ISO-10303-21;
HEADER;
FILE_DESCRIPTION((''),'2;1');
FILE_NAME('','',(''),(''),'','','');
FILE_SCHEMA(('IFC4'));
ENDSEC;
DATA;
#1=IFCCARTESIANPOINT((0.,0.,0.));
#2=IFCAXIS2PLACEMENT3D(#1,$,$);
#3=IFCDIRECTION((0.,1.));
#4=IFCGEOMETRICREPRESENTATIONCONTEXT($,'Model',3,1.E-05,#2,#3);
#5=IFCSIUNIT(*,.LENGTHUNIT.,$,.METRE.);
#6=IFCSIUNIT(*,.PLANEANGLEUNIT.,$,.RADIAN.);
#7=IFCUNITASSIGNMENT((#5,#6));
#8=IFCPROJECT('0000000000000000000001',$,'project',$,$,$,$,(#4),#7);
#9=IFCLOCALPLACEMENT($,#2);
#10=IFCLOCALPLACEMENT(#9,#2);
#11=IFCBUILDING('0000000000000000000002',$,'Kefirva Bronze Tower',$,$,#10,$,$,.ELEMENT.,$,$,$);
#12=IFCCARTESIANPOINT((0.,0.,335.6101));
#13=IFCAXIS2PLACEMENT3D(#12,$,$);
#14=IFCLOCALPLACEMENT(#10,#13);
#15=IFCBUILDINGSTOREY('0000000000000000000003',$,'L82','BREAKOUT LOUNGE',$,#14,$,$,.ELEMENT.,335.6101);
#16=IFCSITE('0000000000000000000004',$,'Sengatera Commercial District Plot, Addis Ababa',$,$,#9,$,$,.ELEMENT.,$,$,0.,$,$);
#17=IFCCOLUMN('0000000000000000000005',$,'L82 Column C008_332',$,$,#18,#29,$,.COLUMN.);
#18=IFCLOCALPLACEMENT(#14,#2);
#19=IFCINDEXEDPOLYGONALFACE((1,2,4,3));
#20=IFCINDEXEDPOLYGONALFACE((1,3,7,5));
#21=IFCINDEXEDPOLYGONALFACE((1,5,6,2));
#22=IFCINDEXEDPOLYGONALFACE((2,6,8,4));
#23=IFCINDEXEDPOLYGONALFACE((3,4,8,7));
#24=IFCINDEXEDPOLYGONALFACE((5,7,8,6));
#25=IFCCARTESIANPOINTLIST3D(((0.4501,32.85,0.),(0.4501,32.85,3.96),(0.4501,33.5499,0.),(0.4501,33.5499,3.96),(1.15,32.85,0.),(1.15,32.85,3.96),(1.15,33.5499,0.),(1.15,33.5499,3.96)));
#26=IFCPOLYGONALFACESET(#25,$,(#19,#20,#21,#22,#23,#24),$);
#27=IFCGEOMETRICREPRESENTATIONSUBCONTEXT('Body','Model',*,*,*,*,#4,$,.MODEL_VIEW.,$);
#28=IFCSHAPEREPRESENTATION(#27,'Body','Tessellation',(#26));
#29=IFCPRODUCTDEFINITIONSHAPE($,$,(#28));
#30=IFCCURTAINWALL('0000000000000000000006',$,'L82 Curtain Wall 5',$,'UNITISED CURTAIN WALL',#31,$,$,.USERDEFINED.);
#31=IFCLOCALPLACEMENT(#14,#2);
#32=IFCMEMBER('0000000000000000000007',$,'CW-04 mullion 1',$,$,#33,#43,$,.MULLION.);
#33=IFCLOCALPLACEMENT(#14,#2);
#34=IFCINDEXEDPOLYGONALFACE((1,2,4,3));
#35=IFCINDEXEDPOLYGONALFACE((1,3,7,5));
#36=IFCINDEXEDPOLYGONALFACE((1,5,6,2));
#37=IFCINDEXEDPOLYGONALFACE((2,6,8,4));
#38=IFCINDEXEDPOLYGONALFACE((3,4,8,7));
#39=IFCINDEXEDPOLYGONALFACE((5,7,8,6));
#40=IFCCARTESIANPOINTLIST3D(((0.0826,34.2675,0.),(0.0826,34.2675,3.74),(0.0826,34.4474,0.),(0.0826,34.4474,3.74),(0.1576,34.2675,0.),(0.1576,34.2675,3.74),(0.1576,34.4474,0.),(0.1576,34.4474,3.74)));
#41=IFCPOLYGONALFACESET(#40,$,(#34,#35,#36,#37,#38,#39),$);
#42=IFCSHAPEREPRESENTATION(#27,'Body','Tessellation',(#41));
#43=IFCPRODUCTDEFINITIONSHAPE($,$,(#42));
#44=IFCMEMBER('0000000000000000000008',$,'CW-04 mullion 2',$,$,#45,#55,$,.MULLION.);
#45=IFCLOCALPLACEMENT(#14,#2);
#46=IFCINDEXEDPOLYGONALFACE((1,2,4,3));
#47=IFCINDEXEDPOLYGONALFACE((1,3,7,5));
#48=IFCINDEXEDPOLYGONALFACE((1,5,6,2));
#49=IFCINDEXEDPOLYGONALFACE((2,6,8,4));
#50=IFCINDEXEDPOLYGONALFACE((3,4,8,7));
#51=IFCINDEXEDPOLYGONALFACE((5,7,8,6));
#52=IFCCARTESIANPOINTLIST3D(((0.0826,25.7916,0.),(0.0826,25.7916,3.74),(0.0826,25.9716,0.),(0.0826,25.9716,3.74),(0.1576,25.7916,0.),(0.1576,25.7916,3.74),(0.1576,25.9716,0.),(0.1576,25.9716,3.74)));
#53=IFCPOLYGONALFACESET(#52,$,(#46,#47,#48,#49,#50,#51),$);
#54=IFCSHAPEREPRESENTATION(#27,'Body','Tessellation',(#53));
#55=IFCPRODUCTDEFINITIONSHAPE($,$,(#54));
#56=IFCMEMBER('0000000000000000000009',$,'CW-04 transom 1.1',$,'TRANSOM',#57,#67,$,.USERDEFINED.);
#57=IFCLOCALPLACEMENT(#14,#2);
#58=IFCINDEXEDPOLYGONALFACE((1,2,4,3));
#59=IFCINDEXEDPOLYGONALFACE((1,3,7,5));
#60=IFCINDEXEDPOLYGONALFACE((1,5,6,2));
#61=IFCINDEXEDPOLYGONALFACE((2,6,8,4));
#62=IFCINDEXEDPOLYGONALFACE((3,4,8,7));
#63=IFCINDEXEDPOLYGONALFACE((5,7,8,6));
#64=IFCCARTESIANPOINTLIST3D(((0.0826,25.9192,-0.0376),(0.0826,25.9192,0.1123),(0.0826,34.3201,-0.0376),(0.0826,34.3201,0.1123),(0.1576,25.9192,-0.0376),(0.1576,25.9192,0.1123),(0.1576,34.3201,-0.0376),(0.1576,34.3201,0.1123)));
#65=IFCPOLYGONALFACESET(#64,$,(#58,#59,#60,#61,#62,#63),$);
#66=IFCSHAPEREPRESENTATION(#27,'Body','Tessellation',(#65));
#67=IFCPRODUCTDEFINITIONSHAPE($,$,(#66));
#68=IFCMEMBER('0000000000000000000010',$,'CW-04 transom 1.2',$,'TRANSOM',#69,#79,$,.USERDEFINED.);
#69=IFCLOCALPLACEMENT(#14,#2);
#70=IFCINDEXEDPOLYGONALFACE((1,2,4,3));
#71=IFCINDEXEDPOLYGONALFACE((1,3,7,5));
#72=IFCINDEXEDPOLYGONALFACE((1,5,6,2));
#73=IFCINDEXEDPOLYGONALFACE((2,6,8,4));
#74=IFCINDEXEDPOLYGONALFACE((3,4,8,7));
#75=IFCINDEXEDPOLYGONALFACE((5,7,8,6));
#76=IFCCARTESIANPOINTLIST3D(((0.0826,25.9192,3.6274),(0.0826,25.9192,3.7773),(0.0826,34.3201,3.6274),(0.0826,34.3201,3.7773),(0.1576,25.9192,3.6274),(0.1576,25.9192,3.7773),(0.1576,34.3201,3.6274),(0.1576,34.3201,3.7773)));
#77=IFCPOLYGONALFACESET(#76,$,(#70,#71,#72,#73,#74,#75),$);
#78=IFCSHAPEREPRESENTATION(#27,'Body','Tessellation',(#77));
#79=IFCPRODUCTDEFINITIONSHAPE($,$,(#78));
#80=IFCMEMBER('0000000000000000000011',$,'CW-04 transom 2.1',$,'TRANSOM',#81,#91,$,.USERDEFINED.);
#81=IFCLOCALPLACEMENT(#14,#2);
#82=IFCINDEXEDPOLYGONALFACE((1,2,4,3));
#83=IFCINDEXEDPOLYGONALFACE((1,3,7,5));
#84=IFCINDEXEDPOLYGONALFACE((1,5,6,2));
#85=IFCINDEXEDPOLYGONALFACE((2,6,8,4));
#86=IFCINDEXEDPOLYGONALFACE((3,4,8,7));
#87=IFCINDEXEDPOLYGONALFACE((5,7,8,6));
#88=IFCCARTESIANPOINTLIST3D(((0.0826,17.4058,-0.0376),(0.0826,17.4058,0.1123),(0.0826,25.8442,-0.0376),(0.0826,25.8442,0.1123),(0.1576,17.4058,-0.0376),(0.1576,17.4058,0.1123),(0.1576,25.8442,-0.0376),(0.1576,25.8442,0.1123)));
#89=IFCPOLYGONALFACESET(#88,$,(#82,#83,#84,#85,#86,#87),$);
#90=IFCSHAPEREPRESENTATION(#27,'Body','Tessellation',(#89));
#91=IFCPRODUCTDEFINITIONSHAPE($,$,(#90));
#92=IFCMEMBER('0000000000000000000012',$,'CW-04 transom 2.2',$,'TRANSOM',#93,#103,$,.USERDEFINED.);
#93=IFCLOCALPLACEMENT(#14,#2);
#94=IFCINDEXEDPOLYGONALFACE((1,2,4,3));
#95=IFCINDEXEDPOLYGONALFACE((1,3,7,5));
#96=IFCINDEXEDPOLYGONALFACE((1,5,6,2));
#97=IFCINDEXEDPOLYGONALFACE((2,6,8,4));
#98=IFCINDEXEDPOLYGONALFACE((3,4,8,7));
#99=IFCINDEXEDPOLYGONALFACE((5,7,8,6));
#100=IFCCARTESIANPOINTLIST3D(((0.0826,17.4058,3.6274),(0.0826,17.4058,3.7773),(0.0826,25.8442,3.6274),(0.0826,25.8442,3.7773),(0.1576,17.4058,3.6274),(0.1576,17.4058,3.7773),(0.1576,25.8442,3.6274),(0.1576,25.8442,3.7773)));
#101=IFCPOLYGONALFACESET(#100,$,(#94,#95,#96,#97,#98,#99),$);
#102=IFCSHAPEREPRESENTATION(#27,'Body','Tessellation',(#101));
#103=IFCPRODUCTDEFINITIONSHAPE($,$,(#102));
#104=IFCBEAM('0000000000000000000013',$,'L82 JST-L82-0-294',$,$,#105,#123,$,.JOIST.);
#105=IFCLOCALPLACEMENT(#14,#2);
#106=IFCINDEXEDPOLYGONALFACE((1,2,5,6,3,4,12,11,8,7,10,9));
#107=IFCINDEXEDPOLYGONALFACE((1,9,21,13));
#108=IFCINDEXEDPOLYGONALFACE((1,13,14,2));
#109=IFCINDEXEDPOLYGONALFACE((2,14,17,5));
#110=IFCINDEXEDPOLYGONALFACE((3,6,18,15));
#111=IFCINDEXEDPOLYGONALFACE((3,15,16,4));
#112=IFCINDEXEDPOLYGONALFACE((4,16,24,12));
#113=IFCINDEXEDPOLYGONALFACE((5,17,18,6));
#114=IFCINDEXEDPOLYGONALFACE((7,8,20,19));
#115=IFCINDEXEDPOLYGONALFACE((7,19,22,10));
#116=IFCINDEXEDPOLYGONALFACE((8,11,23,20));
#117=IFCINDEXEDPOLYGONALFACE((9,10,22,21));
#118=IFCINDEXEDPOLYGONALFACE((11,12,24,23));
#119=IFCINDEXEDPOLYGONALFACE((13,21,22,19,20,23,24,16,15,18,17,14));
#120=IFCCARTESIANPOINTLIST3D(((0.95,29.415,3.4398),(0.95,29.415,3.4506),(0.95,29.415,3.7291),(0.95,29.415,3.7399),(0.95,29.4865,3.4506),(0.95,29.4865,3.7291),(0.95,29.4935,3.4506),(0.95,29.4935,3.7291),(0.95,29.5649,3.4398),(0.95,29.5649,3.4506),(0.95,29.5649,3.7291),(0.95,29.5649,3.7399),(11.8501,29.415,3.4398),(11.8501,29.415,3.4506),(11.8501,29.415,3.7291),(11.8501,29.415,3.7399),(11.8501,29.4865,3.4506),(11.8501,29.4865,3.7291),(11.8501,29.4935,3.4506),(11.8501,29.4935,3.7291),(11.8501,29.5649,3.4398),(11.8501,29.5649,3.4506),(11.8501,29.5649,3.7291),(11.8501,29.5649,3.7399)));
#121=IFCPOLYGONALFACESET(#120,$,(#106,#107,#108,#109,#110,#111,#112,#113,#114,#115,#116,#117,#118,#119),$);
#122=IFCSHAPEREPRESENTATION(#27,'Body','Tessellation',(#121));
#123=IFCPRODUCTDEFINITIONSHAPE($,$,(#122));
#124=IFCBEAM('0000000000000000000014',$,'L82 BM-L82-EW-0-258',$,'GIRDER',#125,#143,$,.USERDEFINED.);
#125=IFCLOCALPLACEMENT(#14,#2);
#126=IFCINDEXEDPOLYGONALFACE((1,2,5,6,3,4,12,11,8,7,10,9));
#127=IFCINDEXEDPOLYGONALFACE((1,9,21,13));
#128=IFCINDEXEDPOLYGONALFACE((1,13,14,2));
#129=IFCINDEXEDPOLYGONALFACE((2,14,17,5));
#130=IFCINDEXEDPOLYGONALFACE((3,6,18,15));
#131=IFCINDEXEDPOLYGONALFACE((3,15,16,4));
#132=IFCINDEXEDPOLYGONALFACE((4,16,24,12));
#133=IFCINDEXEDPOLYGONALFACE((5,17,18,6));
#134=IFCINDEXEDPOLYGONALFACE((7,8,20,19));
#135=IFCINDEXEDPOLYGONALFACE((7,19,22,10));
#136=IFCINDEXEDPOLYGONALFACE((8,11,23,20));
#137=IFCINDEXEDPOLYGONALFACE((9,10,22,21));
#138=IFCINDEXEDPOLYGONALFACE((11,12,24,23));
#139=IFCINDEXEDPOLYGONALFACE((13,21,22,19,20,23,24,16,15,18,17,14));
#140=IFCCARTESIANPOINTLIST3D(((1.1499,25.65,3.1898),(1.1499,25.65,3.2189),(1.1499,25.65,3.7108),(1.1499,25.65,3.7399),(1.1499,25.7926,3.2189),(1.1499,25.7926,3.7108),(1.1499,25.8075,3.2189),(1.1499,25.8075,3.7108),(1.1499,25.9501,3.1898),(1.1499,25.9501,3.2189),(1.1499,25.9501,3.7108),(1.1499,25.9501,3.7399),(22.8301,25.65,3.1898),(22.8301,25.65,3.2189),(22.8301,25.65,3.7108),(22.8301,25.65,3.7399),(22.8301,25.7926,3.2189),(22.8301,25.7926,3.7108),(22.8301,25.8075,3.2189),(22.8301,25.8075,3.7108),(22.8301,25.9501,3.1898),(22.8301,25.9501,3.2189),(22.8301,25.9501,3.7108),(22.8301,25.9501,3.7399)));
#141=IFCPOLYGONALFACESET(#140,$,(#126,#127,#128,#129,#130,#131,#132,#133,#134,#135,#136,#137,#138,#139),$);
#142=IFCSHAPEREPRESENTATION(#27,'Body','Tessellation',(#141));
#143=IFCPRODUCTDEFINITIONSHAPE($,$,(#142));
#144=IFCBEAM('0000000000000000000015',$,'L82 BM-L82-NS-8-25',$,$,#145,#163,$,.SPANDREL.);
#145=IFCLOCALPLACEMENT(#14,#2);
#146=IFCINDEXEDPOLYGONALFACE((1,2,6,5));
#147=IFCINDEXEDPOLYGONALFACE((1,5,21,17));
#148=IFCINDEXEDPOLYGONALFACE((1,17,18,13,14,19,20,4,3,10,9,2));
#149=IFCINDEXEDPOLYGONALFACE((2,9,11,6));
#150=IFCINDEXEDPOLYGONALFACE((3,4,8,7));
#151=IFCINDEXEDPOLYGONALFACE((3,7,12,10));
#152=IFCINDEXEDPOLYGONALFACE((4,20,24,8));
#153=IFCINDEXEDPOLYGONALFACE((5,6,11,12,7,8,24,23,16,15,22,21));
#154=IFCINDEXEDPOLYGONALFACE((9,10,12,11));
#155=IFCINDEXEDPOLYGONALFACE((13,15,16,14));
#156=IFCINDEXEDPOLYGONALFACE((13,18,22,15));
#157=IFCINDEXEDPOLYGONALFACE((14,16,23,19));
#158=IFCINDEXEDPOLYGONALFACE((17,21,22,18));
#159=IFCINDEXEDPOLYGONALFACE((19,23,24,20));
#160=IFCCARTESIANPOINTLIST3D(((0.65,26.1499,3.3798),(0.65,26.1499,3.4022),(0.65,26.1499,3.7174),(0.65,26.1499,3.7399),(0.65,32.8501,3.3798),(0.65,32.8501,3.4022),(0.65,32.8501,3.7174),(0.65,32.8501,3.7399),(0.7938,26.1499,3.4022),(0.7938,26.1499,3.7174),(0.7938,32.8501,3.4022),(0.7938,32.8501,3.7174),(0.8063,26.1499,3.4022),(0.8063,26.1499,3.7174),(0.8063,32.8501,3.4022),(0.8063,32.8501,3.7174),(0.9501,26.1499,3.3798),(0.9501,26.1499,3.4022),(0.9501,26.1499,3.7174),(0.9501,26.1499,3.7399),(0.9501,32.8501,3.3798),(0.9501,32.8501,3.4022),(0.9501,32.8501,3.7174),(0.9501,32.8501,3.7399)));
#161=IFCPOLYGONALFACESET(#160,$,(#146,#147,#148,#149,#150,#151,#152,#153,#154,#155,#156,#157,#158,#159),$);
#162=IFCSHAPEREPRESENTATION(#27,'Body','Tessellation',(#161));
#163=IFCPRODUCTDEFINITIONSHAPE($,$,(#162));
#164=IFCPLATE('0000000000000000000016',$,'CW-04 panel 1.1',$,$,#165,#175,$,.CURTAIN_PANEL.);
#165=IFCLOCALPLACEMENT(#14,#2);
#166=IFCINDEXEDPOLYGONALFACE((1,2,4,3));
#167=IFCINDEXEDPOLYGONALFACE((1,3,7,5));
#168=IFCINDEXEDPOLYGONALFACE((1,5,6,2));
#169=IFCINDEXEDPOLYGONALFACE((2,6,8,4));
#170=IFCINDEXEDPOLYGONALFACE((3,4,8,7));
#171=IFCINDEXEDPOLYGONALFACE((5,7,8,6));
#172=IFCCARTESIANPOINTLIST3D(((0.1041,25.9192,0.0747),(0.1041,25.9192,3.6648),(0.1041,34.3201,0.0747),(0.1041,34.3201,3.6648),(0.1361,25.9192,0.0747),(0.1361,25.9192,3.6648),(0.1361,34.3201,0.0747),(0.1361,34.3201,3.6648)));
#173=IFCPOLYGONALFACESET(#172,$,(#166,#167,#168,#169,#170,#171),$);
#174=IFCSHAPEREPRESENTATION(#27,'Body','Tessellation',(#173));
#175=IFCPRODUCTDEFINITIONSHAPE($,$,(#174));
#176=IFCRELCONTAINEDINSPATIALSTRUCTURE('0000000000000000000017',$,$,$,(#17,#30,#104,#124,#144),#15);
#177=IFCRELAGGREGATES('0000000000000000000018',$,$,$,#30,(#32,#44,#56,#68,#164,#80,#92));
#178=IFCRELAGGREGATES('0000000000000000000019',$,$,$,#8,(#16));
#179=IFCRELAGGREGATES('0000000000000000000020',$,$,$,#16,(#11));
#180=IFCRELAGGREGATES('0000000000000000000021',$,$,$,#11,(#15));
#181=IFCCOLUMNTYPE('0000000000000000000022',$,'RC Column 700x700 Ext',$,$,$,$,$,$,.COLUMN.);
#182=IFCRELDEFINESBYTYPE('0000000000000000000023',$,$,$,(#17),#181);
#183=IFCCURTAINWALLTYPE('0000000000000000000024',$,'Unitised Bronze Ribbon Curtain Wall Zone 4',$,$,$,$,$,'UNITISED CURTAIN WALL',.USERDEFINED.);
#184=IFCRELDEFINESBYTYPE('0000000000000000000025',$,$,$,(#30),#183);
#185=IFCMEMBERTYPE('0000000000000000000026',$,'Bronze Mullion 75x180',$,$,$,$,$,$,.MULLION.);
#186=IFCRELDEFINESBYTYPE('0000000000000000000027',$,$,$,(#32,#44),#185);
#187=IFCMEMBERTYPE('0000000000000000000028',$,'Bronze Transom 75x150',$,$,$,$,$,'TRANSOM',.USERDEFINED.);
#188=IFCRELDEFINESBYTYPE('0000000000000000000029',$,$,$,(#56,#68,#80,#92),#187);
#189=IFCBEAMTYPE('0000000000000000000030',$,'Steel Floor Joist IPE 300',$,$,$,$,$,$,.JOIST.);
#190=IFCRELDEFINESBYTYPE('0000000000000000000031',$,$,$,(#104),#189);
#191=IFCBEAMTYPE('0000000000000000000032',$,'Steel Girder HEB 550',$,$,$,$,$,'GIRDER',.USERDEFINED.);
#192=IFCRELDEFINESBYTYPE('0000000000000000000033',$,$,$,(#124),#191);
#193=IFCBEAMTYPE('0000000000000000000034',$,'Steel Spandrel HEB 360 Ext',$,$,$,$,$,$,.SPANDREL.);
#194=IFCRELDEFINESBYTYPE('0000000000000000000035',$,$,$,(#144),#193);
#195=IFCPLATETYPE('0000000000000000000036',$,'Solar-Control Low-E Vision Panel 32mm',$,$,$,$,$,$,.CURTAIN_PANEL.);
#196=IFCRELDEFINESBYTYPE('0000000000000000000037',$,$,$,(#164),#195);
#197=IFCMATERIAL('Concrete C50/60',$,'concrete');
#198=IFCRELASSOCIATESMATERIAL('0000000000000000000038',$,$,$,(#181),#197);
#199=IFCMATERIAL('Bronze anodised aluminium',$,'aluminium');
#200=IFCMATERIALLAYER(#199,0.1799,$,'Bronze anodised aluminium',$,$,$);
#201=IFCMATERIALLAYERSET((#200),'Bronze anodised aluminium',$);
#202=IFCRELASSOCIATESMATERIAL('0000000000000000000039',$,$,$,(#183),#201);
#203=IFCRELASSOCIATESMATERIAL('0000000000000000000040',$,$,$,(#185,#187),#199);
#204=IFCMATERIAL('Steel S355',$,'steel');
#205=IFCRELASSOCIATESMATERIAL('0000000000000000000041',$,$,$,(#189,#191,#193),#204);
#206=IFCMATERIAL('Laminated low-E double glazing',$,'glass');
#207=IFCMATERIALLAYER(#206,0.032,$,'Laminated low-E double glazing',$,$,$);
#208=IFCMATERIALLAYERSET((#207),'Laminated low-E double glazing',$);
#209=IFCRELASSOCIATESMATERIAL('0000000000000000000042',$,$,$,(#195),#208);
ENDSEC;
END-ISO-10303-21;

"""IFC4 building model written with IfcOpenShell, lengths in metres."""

from ifc_helpers import new_model, si_unit, direction, frame, origin, origin_2d, place, context, subcontext, project, spatial, rectangle, i_section, extrude, material, layer, layer_set, material_profile, profile_set, type_object, element, aggregate, save


model = new_model("IFC4")

# Units and contexts
model_context = context("Model", 3, precision=1e-05, world=origin(), true_north=direction((0.0, 1.0)))
body_context = subcontext(model_context, "Body", "Model", "MODEL_VIEW")
ifc_project = project(units=[si_unit("LENGTHUNIT", "METRE"), si_unit("PLANEANGLEUNIT", "RADIAN")], contexts=[model_context])

# Site, building, storey
site_placement = place(None, origin())
site = spatial("IfcSite", under=ifc_project, at=site_placement, Name="Sengatera Commercial District Plot, Addis Ababa", CompositionType="ELEMENT", RefElevation=0.0)
building_placement = place(site_placement, origin())
building = spatial("IfcBuilding", under=site, at=building_placement, Name="Kefirva Bronze Tower", CompositionType="ELEMENT")
storey_placement = place(building_placement, frame((0.0, 0.0, 335.6101)))
storey = spatial("IfcBuildingStorey", under=building, at=storey_placement, Name="L82", Description="BREAKOUT LOUNGE", CompositionType="ELEMENT", Elevation=335.6101)

# Column
ifc_material_1 = material(Name="Concrete C50/60", Category="concrete")
ifc_material_profile_1 = material_profile(ifc_material_1, rectangle(XDim=0.7, YDim=0.7, at=origin_2d()), Name="RC 700x700")
ifc_profile_set_1 = profile_set([ifc_material_profile_1], Name="Concrete C50/60")
column_type = type_object("IfcColumnType", Name="RC Column 700x700 Ext", PredefinedType="COLUMN", material=ifc_profile_set_1)
column_placement = place(storey_placement, frame((0.8, 33.2, 0.0), z_axis=(0.0, 0.0, 1.0), x_axis=(1.0, 0.0, 0.0)))
element("IfcColumn", 1, at=column_placement, inside=storey, type_object=column_type, Name="L82 Column C008_332", PredefinedType="COLUMN", context=body_context, shape_type="SweptSolid", body=[
    extrude(rectangle(XDim=0.7, YDim=0.7, at=origin_2d()), origin(), (0.0, 0.0, 1.0), 3.96),
])

# Curtain wall, members
ifc_material_2 = material(Name="Bronze anodised aluminium", Category="aluminium")
ifc_layer_1 = layer(ifc_material_2, 0.1799, Name="Bronze anodised aluminium")
ifc_layer_set_1 = layer_set([ifc_layer_1], Name="Bronze anodised aluminium")
curtain_wall_type = type_object("IfcCurtainWallType", Name="Unitised Bronze Ribbon Curtain Wall Zone 4", ElementType="UNITISED CURTAIN WALL", PredefinedType="USERDEFINED", material=ifc_layer_set_1)
curtain_wall_placement = place(storey_placement, origin())
curtain_wall = element("IfcCurtainWall", 2, at=curtain_wall_placement, inside=storey, type_object=curtain_wall_type, Name="L82 Curtain Wall 5", ObjectType="UNITISED CURTAIN WALL", PredefinedType="USERDEFINED")
ifc_material_profile_2 = material_profile(ifc_material_2, rectangle(XDim=0.075, YDim=0.1799, at=origin_2d()), Name="ALU 75x180")
ifc_profile_set_2 = profile_set([ifc_material_profile_2], Name="Bronze anodised aluminium")
member_type_1 = type_object("IfcMemberType", Name="Bronze Mullion 75x180", PredefinedType="MULLION", material=ifc_profile_set_2)
member_1_placement = place(storey_placement, frame((0.1201, 34.3574, 0.0), z_axis=(0.0, 0.0, 1.0), x_axis=(1.0, 0.0, 0.0)))
member_1 = element("IfcMember", 3, at=member_1_placement, type_object=member_type_1, Name="CW-04 mullion 1", PredefinedType="MULLION", context=body_context, shape_type="SweptSolid", body=[
    extrude(rectangle(XDim=0.075, YDim=0.1799, at=origin_2d()), origin(), (0.0, 0.0, 1.0), 3.74),
])
member_2_placement = place(storey_placement, frame((0.1201, 25.8816, 0.0), z_axis=(0.0, 0.0, 1.0), x_axis=(1.0, 0.0, 0.0)))
member_2 = element("IfcMember", 4, at=member_2_placement, type_object=member_type_1, Name="CW-04 mullion 2", PredefinedType="MULLION", context=body_context, shape_type="SweptSolid", body=[
    extrude(rectangle(XDim=0.075, YDim=0.1799, at=origin_2d()), origin(), (0.0, 0.0, 1.0), 3.74),
])
ifc_material_profile_3 = material_profile(ifc_material_2, rectangle(XDim=0.075, YDim=0.1499, at=origin_2d()), Name="ALU 75x150")
ifc_profile_set_3 = profile_set([ifc_material_profile_3], Name="Bronze anodised aluminium")
member_type_2 = type_object("IfcMemberType", Name="Bronze Transom 75x150", ElementType="TRANSOM", PredefinedType="USERDEFINED", material=ifc_profile_set_3)
member_3_placement = place(storey_placement, frame((0.1201, 34.3201, 0.0374), z_axis=(0.0, -1.0, 0.0), x_axis=(1.0, 0.0, 0.0)))
member_3 = element("IfcMember", 5, at=member_3_placement, type_object=member_type_2, Name="CW-04 transom 1.1", ObjectType="TRANSOM", PredefinedType="USERDEFINED", context=body_context, shape_type="SweptSolid", body=[
    extrude(rectangle(XDim=0.075, YDim=0.1499, at=origin_2d()), origin(), (0.0, 0.0, 1.0), 8.4009),
])
member_4_placement = place(storey_placement, frame((0.1201, 34.3201, 3.7024), z_axis=(0.0, -1.0, 0.0), x_axis=(1.0, 0.0, 0.0)))
member_4 = element("IfcMember", 6, at=member_4_placement, type_object=member_type_2, Name="CW-04 transom 1.2", ObjectType="TRANSOM", PredefinedType="USERDEFINED", context=body_context, shape_type="SweptSolid", body=[
    extrude(rectangle(XDim=0.075, YDim=0.1499, at=origin_2d()), origin(), (0.0, 0.0, 1.0), 8.4009),
])
member_5_placement = place(storey_placement, frame((0.1201, 25.8442, 0.0374), z_axis=(0.0, -1.0, 0.0), x_axis=(1.0, 0.0, 0.0)))
member_5 = element("IfcMember", 7, at=member_5_placement, type_object=member_type_2, Name="CW-04 transom 2.1", ObjectType="TRANSOM", PredefinedType="USERDEFINED", context=body_context, shape_type="SweptSolid", body=[
    extrude(rectangle(XDim=0.075, YDim=0.1499, at=origin_2d()), origin(), (0.0, 0.0, 1.0), 8.4385),
])
member_6_placement = place(storey_placement, frame((0.1201, 25.8442, 3.7024), z_axis=(0.0, -1.0, 0.0), x_axis=(1.0, 0.0, 0.0)))
member_6 = element("IfcMember", 8, at=member_6_placement, type_object=member_type_2, Name="CW-04 transom 2.2", ObjectType="TRANSOM", PredefinedType="USERDEFINED", context=body_context, shape_type="SweptSolid", body=[
    extrude(rectangle(XDim=0.075, YDim=0.1499, at=origin_2d()), origin(), (0.0, 0.0, 1.0), 8.4385),
])

# Beams
ifc_material_3 = material(Name="Steel S355", Category="steel")
ifc_material_profile_4 = material_profile(ifc_material_3, i_section(OverallWidth=0.1499, OverallDepth=0.3, WebThickness=0.0071, FlangeThickness=0.0107, at=origin_2d()), Name="IPE 300")
ifc_profile_set_4 = profile_set([ifc_material_profile_4], Name="Steel S355")
beam_type_1 = type_object("IfcBeamType", Name="Steel Floor Joist IPE 300", PredefinedType="JOIST", material=ifc_profile_set_4)
beam_1_placement = place(storey_placement, frame((0.95, 29.49, 3.5898), z_axis=(1.0, 0.0, 0.0), x_axis=(0.0, 1.0, 0.0)))
element("IfcBeam", 9, at=beam_1_placement, inside=storey, type_object=beam_type_1, Name="L82 JST-L82-0-294", PredefinedType="JOIST", context=body_context, shape_type="SweptSolid", body=[
    extrude(i_section(OverallWidth=0.1499, OverallDepth=0.3, WebThickness=0.0071, FlangeThickness=0.0107, at=origin_2d()), origin(), (0.0, 0.0, 1.0), 10.9001),
])
ifc_material_profile_5 = material_profile(ifc_material_3, i_section(OverallWidth=0.3, OverallDepth=0.55, WebThickness=0.0149, FlangeThickness=0.0291, at=origin_2d()), Name="HEB 550")
ifc_profile_set_5 = profile_set([ifc_material_profile_5], Name="Steel S355")
beam_type_2 = type_object("IfcBeamType", Name="Steel Girder HEB 550", ElementType="GIRDER", PredefinedType="USERDEFINED", material=ifc_profile_set_5)
beam_2_placement = place(storey_placement, frame((1.1499, 25.8, 3.4648), z_axis=(1.0, 0.0, 0.0), x_axis=(0.0, 1.0, 0.0)))
element("IfcBeam", 10, at=beam_2_placement, inside=storey, type_object=beam_type_2, Name="L82 BM-L82-EW-0-258", ObjectType="GIRDER", PredefinedType="USERDEFINED", context=body_context, shape_type="SweptSolid", body=[
    extrude(i_section(OverallWidth=0.3, OverallDepth=0.55, WebThickness=0.0149, FlangeThickness=0.0291, at=origin_2d()), origin(), (0.0, 0.0, 1.0), 21.6802),
])
ifc_material_profile_6 = material_profile(ifc_material_3, i_section(OverallWidth=0.3, OverallDepth=0.3601, WebThickness=0.0125, FlangeThickness=0.0225, at=origin_2d()), Name="HEB 360")
ifc_profile_set_6 = profile_set([ifc_material_profile_6], Name="Steel S355")
beam_type_3 = type_object("IfcBeamType", Name="Steel Spandrel HEB 360 Ext", PredefinedType="SPANDREL", material=ifc_profile_set_6)
beam_3_placement = place(storey_placement, frame((0.8, 26.1499, 3.5598), z_axis=(0.0, 1.0, 0.0), x_axis=(-1.0, 0.0, 0.0)))
element("IfcBeam", 11, at=beam_3_placement, inside=storey, type_object=beam_type_3, Name="L82 BM-L82-NS-8-25", PredefinedType="SPANDREL", context=body_context, shape_type="SweptSolid", body=[
    extrude(i_section(OverallWidth=0.3, OverallDepth=0.3601, WebThickness=0.0125, FlangeThickness=0.0225, at=origin_2d()), origin(), (0.0, 0.0, 1.0), 6.7002),
])

# Plate
ifc_material_4 = material(Name="Laminated low-E double glazing", Category="glass")
ifc_layer_2 = layer(ifc_material_4, 0.032, Name="Laminated low-E double glazing")
ifc_layer_set_2 = layer_set([ifc_layer_2], Name="Laminated low-E double glazing")
plate_type = type_object("IfcPlateType", Name="Solar-Control Low-E Vision Panel 32mm", PredefinedType="CURTAIN_PANEL", material=ifc_layer_set_2)
plate_placement = place(storey_placement, frame((0.1201, 30.1196, 0.0747), z_axis=(0.0, 0.0, 1.0), x_axis=(0.0, -1.0, 0.0)))
plate = element("IfcPlate", 12, at=plate_placement, type_object=plate_type, Name="CW-04 panel 1.1", PredefinedType="CURTAIN_PANEL", context=body_context, shape_type="SweptSolid", body=[
    extrude(rectangle(XDim=8.4009, YDim=0.032, at=origin_2d()), origin(), (0.0, 0.0, 1.0), 3.5901),
])
aggregate(curtain_wall, [member_1, member_2, member_3, member_4, plate, member_5, member_6])

save(model, "model.ifc")
